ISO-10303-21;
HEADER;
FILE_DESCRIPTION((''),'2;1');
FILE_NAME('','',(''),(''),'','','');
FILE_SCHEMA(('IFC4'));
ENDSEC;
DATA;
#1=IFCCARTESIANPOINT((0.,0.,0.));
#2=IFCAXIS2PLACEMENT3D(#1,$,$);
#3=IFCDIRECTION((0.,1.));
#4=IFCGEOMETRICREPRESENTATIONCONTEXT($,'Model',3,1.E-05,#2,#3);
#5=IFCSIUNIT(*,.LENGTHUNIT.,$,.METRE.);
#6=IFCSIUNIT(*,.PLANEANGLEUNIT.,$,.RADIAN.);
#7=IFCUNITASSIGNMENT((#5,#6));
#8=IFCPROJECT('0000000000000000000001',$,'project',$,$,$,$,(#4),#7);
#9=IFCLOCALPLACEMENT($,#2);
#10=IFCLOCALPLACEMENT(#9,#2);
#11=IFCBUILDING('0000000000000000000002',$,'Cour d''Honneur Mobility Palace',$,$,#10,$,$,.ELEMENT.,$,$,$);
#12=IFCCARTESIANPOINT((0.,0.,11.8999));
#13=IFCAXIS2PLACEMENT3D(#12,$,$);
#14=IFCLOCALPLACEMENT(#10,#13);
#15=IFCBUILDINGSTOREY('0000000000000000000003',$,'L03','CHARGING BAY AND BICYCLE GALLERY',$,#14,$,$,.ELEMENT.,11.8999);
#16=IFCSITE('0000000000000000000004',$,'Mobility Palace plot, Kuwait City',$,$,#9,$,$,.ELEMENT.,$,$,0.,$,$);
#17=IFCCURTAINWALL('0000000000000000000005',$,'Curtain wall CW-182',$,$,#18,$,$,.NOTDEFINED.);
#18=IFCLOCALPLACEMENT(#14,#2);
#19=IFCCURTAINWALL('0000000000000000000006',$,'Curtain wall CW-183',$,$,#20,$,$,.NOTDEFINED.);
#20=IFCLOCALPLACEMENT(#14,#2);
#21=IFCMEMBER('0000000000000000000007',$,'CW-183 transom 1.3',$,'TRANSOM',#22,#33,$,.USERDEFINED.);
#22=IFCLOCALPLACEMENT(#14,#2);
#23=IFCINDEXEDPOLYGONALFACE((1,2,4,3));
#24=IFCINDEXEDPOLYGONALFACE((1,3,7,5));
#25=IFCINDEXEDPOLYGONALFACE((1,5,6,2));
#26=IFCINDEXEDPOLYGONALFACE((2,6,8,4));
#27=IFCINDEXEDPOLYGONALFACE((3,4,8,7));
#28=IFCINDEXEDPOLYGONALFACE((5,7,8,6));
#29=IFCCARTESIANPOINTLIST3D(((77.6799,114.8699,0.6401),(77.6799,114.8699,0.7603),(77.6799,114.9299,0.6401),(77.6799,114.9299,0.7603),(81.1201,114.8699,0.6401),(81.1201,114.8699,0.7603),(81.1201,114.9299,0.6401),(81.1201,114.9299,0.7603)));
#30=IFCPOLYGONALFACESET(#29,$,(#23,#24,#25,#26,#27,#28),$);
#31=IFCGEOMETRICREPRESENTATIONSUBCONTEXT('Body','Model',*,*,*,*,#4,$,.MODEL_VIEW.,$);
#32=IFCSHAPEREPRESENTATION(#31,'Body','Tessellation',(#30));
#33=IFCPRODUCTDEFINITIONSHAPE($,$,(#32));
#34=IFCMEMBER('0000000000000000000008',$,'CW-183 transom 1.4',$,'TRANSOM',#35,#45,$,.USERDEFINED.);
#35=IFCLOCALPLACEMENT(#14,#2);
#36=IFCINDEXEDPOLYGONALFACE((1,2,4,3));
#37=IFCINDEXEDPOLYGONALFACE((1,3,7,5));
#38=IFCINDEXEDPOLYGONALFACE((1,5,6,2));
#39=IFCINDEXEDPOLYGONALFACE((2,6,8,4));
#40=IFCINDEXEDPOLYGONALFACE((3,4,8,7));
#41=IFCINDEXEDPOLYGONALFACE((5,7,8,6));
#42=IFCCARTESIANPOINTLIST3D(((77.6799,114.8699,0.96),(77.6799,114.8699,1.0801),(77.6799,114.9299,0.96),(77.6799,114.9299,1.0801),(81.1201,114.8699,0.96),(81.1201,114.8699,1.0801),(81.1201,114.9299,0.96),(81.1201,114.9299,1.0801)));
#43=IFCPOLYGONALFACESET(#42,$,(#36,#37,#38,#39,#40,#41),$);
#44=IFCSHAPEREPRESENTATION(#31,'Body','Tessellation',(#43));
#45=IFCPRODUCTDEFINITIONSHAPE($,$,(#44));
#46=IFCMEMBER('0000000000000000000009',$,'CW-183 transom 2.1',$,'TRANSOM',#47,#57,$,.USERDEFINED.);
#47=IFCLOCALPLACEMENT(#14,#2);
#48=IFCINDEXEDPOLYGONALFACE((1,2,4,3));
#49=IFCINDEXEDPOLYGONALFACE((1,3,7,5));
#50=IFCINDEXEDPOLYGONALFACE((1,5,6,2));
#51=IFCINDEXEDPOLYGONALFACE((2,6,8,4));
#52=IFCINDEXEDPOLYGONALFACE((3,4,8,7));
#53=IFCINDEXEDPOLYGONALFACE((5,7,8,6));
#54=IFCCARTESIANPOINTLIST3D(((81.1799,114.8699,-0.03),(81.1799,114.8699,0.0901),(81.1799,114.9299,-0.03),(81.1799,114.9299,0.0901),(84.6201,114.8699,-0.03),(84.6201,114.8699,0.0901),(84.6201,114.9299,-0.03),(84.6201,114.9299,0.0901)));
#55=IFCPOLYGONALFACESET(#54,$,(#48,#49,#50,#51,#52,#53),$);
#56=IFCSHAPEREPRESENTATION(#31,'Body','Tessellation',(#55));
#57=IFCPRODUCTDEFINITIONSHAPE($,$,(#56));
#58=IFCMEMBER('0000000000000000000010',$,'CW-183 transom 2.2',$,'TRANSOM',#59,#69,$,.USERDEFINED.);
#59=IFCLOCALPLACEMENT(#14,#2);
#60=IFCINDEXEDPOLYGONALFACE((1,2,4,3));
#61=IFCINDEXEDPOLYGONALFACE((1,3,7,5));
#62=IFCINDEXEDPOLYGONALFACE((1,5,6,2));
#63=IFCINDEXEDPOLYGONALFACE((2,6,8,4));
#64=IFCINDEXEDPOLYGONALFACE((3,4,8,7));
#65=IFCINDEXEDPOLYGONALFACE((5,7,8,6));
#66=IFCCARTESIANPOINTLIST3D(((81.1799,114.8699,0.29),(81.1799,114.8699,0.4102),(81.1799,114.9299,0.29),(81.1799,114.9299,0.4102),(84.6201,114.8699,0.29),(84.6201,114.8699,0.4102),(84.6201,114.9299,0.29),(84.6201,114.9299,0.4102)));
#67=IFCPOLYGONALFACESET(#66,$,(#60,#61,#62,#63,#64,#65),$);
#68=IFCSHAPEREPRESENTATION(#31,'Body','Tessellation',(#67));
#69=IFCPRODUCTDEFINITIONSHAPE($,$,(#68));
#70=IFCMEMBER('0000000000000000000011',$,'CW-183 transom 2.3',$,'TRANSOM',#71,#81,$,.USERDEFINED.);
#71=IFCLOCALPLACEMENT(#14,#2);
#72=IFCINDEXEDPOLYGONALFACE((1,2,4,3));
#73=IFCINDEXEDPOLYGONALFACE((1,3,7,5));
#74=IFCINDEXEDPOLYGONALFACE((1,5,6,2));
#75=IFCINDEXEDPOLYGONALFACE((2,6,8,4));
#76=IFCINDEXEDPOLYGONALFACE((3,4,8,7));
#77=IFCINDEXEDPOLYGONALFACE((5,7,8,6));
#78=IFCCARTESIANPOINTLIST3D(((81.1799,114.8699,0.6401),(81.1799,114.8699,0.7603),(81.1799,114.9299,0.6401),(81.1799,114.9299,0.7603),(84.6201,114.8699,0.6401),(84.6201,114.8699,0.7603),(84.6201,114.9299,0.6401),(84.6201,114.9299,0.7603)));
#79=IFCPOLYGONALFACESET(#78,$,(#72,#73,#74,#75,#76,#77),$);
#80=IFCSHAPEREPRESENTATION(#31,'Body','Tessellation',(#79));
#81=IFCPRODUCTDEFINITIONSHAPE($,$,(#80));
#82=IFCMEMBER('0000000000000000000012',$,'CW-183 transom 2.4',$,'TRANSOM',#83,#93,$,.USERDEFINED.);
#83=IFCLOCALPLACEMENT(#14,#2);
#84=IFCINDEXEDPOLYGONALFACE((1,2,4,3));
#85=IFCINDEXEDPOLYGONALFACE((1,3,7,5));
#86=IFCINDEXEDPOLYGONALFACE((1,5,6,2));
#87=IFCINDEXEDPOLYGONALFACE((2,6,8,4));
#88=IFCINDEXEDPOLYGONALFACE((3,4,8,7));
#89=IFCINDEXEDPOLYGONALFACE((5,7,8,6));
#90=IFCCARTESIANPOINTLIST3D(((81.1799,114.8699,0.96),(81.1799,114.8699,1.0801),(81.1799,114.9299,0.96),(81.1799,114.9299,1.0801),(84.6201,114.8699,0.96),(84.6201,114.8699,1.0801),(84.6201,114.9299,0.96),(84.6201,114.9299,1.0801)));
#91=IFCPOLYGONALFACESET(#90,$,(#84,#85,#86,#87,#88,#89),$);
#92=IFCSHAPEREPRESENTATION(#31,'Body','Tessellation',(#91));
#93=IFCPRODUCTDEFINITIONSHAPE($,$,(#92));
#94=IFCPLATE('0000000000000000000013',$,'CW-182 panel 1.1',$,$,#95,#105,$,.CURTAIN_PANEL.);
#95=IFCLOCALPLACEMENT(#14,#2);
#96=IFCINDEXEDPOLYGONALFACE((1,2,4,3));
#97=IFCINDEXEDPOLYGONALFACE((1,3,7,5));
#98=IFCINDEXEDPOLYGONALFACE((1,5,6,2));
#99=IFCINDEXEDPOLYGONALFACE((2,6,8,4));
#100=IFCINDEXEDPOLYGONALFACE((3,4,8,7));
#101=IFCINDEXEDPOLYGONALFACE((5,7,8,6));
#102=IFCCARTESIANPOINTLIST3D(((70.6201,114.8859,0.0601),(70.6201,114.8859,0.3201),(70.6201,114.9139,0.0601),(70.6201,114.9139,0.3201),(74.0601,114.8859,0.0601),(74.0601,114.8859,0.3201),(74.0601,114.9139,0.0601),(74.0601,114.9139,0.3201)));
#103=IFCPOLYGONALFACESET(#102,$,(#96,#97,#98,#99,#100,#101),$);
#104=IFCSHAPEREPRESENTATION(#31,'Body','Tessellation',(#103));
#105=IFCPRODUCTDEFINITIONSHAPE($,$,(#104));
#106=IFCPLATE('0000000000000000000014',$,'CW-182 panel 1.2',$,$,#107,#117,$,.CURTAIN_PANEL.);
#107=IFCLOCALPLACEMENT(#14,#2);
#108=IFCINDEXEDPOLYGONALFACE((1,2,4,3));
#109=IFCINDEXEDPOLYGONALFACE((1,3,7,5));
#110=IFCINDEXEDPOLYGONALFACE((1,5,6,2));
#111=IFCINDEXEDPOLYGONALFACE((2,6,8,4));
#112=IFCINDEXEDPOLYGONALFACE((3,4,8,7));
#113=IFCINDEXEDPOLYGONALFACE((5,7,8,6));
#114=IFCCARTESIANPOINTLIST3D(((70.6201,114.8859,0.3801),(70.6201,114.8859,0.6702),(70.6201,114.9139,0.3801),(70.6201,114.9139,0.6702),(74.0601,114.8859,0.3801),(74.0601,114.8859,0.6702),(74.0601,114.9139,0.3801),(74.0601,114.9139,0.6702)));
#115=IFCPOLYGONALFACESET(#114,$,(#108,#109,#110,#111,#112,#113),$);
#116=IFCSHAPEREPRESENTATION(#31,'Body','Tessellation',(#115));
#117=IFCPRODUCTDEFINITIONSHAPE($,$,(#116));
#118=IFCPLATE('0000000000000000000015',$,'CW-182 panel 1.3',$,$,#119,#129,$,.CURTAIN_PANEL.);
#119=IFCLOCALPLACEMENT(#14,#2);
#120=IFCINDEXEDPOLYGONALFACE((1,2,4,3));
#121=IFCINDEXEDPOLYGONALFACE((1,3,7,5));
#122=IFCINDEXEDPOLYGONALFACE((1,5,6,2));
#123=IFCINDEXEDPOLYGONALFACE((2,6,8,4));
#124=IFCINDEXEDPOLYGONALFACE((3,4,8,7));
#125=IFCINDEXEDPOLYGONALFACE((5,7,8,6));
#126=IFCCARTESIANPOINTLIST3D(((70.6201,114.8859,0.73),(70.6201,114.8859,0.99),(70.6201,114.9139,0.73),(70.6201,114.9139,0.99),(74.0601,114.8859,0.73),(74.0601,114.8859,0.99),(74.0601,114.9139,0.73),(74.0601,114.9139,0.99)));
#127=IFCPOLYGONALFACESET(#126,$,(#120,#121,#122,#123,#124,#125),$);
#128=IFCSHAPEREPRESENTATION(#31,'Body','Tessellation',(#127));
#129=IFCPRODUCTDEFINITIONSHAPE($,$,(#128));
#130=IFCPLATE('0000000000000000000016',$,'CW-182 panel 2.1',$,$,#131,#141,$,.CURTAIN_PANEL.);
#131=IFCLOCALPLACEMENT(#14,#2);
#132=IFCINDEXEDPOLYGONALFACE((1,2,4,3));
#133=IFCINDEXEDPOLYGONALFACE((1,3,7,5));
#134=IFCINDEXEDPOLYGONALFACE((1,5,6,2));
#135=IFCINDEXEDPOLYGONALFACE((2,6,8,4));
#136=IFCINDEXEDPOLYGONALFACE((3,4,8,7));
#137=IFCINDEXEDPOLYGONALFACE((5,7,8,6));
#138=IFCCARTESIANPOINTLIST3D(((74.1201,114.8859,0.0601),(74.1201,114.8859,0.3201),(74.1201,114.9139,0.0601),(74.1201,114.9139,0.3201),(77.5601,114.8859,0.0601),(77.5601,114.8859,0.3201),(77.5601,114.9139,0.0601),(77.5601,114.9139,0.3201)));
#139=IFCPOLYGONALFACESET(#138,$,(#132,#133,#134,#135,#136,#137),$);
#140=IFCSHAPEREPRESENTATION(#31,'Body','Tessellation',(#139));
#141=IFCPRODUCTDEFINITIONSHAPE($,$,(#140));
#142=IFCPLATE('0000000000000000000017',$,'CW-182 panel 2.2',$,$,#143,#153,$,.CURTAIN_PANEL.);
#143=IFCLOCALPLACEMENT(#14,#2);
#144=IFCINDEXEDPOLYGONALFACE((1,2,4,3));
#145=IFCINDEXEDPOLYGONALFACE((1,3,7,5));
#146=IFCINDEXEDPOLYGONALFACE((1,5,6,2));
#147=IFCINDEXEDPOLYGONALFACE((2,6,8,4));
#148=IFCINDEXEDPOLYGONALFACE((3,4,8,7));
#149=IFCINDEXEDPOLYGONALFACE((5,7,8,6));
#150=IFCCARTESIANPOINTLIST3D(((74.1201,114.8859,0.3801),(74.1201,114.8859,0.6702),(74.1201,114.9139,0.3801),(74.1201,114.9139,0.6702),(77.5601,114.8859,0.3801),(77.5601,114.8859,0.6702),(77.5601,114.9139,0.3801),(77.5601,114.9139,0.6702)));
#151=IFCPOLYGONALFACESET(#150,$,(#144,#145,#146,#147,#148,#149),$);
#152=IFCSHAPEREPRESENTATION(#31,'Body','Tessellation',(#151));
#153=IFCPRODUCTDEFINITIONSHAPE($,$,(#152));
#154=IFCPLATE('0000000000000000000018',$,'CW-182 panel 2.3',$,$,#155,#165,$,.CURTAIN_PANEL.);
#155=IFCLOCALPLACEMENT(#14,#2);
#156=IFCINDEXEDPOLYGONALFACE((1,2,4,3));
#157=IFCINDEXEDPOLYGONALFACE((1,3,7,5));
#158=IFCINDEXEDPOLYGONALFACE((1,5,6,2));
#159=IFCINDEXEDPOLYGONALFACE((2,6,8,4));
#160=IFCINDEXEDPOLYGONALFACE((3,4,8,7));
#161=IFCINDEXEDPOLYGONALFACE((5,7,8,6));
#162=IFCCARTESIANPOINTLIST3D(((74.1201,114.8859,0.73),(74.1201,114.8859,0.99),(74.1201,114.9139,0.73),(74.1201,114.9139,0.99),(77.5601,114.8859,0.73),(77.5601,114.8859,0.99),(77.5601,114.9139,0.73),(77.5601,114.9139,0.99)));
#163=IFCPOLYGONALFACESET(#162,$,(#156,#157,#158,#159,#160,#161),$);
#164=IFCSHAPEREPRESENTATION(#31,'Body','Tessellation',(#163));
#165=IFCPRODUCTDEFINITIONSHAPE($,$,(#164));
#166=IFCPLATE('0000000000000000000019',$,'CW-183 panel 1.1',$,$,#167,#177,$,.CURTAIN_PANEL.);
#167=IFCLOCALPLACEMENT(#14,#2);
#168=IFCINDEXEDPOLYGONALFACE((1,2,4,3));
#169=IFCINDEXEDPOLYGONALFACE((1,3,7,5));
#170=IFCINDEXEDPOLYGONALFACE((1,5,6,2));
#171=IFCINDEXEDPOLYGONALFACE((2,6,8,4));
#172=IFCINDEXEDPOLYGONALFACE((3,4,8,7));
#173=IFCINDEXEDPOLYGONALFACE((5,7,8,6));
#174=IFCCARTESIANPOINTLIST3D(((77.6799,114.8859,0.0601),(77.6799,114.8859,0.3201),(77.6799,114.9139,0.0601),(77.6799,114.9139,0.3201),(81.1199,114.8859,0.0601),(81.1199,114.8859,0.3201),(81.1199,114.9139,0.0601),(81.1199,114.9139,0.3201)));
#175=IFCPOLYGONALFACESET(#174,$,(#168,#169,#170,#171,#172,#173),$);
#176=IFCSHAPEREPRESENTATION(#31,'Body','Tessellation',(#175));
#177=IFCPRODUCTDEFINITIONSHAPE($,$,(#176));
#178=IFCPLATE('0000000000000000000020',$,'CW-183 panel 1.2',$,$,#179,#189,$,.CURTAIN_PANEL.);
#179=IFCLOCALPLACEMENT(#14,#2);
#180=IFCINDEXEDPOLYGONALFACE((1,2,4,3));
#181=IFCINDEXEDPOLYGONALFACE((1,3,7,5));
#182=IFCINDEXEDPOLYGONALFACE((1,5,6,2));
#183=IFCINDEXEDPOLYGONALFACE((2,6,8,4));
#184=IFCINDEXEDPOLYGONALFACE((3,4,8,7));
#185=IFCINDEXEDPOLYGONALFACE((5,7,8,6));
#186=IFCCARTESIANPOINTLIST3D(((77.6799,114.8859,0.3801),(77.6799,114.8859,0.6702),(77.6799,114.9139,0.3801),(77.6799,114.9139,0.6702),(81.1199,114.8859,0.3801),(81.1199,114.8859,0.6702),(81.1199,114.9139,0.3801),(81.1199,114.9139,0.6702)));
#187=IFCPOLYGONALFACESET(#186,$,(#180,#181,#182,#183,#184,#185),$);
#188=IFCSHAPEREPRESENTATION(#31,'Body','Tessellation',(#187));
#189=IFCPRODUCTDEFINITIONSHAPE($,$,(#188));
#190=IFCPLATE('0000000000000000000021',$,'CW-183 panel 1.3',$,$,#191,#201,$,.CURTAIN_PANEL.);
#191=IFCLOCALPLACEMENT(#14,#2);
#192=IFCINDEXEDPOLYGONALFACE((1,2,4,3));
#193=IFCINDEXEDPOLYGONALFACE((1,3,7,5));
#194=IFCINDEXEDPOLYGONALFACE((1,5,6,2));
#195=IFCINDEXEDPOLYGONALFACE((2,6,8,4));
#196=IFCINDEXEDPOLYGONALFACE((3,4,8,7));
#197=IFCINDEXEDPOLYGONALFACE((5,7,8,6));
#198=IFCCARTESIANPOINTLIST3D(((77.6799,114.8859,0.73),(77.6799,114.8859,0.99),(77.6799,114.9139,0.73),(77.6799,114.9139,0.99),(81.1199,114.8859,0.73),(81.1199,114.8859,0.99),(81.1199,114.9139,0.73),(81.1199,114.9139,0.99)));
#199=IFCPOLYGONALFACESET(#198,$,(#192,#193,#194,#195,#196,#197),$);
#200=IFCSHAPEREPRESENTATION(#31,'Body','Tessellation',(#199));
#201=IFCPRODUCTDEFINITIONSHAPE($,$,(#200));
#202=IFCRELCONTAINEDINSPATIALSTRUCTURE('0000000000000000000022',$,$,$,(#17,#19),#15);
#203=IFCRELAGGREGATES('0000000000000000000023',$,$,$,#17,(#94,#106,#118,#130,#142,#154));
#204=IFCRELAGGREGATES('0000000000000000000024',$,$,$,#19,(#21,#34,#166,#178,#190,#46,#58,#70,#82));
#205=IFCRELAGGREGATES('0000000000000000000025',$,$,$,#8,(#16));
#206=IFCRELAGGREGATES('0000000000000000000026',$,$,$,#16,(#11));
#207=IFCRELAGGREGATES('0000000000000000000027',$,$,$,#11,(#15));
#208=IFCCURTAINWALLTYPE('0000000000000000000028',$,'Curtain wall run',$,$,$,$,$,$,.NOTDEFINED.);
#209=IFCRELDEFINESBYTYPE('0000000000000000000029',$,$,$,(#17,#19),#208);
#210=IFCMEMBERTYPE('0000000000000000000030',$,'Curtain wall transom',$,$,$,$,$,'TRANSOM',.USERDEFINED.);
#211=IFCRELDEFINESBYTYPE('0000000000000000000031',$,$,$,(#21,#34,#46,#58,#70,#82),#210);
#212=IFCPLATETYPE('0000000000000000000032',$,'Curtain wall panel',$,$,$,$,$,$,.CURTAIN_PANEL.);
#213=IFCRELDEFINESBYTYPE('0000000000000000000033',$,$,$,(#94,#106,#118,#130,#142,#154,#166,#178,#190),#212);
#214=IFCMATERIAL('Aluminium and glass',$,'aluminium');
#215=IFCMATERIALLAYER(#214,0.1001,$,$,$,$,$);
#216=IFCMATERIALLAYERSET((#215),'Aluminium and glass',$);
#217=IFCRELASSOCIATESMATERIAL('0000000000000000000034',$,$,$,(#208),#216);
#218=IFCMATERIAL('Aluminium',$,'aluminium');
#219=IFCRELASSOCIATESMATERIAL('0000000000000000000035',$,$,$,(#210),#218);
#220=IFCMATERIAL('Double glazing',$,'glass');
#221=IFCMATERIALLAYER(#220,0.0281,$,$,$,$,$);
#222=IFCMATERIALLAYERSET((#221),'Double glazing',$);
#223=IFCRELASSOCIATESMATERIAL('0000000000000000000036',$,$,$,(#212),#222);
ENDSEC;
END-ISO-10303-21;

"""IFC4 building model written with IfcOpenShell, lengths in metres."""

from ifc_helpers import new_model, si_unit, direction, frame, origin, origin_2d, place, context, subcontext, project, spatial, rectangle, extrude, material, layer, layer_set, material_profile, profile_set, type_object, element, aggregate, save


model = new_model("IFC4")

# Units and contexts
model_context = context("Model", 3, precision=1e-05, world=origin(), true_north=direction((0.0, 1.0)))
body_context = subcontext(model_context, "Body", "Model", "MODEL_VIEW")
ifc_project = project(units=[si_unit("LENGTHUNIT", "METRE"), si_unit("PLANEANGLEUNIT", "RADIAN")], contexts=[model_context])

# Site, building, storey
site_placement = place(None, origin())
site = spatial("IfcSite", under=ifc_project, at=site_placement, Name="Mobility Palace plot, Kuwait City", CompositionType="ELEMENT", RefElevation=0.0)
building_placement = place(site_placement, origin())
building = spatial("IfcBuilding", under=site, at=building_placement, Name="Cour d'Honneur Mobility Palace", CompositionType="ELEMENT")
storey_placement = place(building_placement, frame((0.0, 0.0, 11.8999)))
storey = spatial("IfcBuildingStorey", under=building, at=storey_placement, Name="L03", Description="CHARGING BAY AND BICYCLE GALLERY", CompositionType="ELEMENT", Elevation=11.8999)

# Curtain walls
ifc_material_1 = material(Name="Aluminium and glass", Category="aluminium")
ifc_layer_1 = layer(ifc_material_1, 0.1001)
ifc_layer_set_1 = layer_set([ifc_layer_1], Name="Aluminium and glass")
curtain_wall_type = type_object("IfcCurtainWallType", Name="Curtain wall run", PredefinedType="NOTDEFINED", material=ifc_layer_set_1)
curtain_wall_1_placement = place(storey_placement, origin())
curtain_wall_1 = element("IfcCurtainWall", 1, at=curtain_wall_1_placement, inside=storey, type_object=curtain_wall_type, Name="Curtain wall CW-182", PredefinedType="NOTDEFINED")
curtain_wall_2_placement = place(storey_placement, origin())
curtain_wall_2 = element("IfcCurtainWall", 2, at=curtain_wall_2_placement, inside=storey, type_object=curtain_wall_type, Name="Curtain wall CW-183", PredefinedType="NOTDEFINED")

# Members
ifc_material_2 = material(Name="Aluminium", Category="aluminium")
ifc_material_profile_1 = material_profile(ifc_material_2, rectangle(XDim=0.0601, YDim=0.1201, at=origin_2d()), Name="Curtain wall transom")
ifc_profile_set_1 = profile_set([ifc_material_profile_1], Name="Aluminium")
member_type_1 = type_object("IfcMemberType", Name="Curtain wall transom", ElementType="TRANSOM", PredefinedType="USERDEFINED", material=ifc_profile_set_1)
member_1_placement = place(storey_placement, frame((77.6799, 114.8999, 0.7002), z_axis=(1.0, 0.0, 0.0), x_axis=(0.0, 1.0, 0.0)))
member_1 = element("IfcMember", 3, at=member_1_placement, type_object=member_type_1, Name="CW-183 transom 1.3", ObjectType="TRANSOM", PredefinedType="USERDEFINED", context=body_context, shape_type="SweptSolid", body=[
    extrude(rectangle(XDim=0.0601, YDim=0.1201, at=origin_2d()), origin(), (0.0, 0.0, 1.0), 3.4402),
])
member_2_placement = place(storey_placement, frame((77.6799, 114.8999, 1.02), z_axis=(1.0, 0.0, 0.0), x_axis=(0.0, 1.0, 0.0)))
member_2 = element("IfcMember", 4, at=member_2_placement, type_object=member_type_1, Name="CW-183 transom 1.4", ObjectType="TRANSOM", PredefinedType="USERDEFINED", context=body_context, shape_type="SweptSolid", body=[
    extrude(rectangle(XDim=0.0601, YDim=0.1201, at=origin_2d()), origin(), (0.0, 0.0, 1.0), 3.4402),
])
member_3_placement = place(storey_placement, frame((81.1799, 114.8999, 0.03), z_axis=(1.0, 0.0, 0.0), x_axis=(0.0, 1.0, 0.0)))
member_3 = element("IfcMember", 5, at=member_3_placement, type_object=member_type_1, Name="CW-183 transom 2.1", ObjectType="TRANSOM", PredefinedType="USERDEFINED", context=body_context, shape_type="SweptSolid", body=[
    extrude(rectangle(XDim=0.0601, YDim=0.1201, at=origin_2d()), origin(), (0.0, 0.0, 1.0), 3.4402),
])
member_4_placement = place(storey_placement, frame((81.1799, 114.8999, 0.3501), z_axis=(1.0, 0.0, 0.0), x_axis=(0.0, 1.0, 0.0)))
member_4 = element("IfcMember", 6, at=member_4_placement, type_object=member_type_1, Name="CW-183 transom 2.2", ObjectType="TRANSOM", PredefinedType="USERDEFINED", context=body_context, shape_type="SweptSolid", body=[
    extrude(rectangle(XDim=0.0601, YDim=0.1201, at=origin_2d()), origin(), (0.0, 0.0, 1.0), 3.4402),
])
member_5_placement = place(storey_placement, frame((81.1799, 114.8999, 0.7002), z_axis=(1.0, 0.0, 0.0), x_axis=(0.0, 1.0, 0.0)))
member_5 = element("IfcMember", 7, at=member_5_placement, type_object=member_type_1, Name="CW-183 transom 2.3", ObjectType="TRANSOM", PredefinedType="USERDEFINED", context=body_context, shape_type="SweptSolid", body=[
    extrude(rectangle(XDim=0.0601, YDim=0.1201, at=origin_2d()), origin(), (0.0, 0.0, 1.0), 3.4402),
])
member_6_placement = place(storey_placement, frame((81.1799, 114.8999, 1.02), z_axis=(1.0, 0.0, 0.0), x_axis=(0.0, 1.0, 0.0)))
member_6 = element("IfcMember", 8, at=member_6_placement, type_object=member_type_1, Name="CW-183 transom 2.4", ObjectType="TRANSOM", PredefinedType="USERDEFINED", context=body_context, shape_type="SweptSolid", body=[
    extrude(rectangle(XDim=0.0601, YDim=0.1201, at=origin_2d()), origin(), (0.0, 0.0, 1.0), 3.4402),
])

# Plates
ifc_material_3 = material(Name="Double glazing", Category="glass")
ifc_layer_2 = layer(ifc_material_3, 0.0281)
ifc_layer_set_2 = layer_set([ifc_layer_2], Name="Double glazing")
plate_type = type_object("IfcPlateType", Name="Curtain wall panel", PredefinedType="CURTAIN_PANEL", material=ifc_layer_set_2)
plate_1_placement = place(storey_placement, frame((72.3401, 114.8999, 0.0601), z_axis=(0.0, 0.0, 1.0), x_axis=(1.0, 0.0, 0.0)))
plate_1 = element("IfcPlate", 9, at=plate_1_placement, type_object=plate_type, Name="CW-182 panel 1.1", PredefinedType="CURTAIN_PANEL", context=body_context, shape_type="SweptSolid", body=[
    extrude(rectangle(XDim=3.4399, YDim=0.0281, at=origin_2d()), origin(), (0.0, 0.0, 1.0), 0.26),
])
plate_2_placement = place(storey_placement, frame((72.3401, 114.8999, 0.3801), z_axis=(0.0, 0.0, 1.0), x_axis=(1.0, 0.0, 0.0)))
plate_2 = element("IfcPlate", 10, at=plate_2_placement, type_object=plate_type, Name="CW-182 panel 1.2", PredefinedType="CURTAIN_PANEL", context=body_context, shape_type="SweptSolid", body=[
    extrude(rectangle(XDim=3.4399, YDim=0.0281, at=origin_2d()), origin(), (0.0, 0.0, 1.0), 0.29),
])
plate_3_placement = place(storey_placement, frame((72.3401, 114.8999, 0.73), z_axis=(0.0, 0.0, 1.0), x_axis=(1.0, 0.0, 0.0)))
plate_3 = element("IfcPlate", 11, at=plate_3_placement, type_object=plate_type, Name="CW-182 panel 1.3", PredefinedType="CURTAIN_PANEL", context=body_context, shape_type="SweptSolid", body=[
    extrude(rectangle(XDim=3.4399, YDim=0.0281, at=origin_2d()), origin(), (0.0, 0.0, 1.0), 0.26),
])
plate_4_placement = place(storey_placement, frame((75.8401, 114.8999, 0.0601), z_axis=(0.0, 0.0, 1.0), x_axis=(1.0, 0.0, 0.0)))
plate_4 = element("IfcPlate", 12, at=plate_4_placement, type_object=plate_type, Name="CW-182 panel 2.1", PredefinedType="CURTAIN_PANEL", context=body_context, shape_type="SweptSolid", body=[
    extrude(rectangle(XDim=3.4399, YDim=0.0281, at=origin_2d()), origin(), (0.0, 0.0, 1.0), 0.26),
])
plate_5_placement = place(storey_placement, frame((75.8401, 114.8999, 0.3801), z_axis=(0.0, 0.0, 1.0), x_axis=(1.0, 0.0, 0.0)))
plate_5 = element("IfcPlate", 13, at=plate_5_placement, type_object=plate_type, Name="CW-182 panel 2.2", PredefinedType="CURTAIN_PANEL", context=body_context, shape_type="SweptSolid", body=[
    extrude(rectangle(XDim=3.4399, YDim=0.0281, at=origin_2d()), origin(), (0.0, 0.0, 1.0), 0.29),
])
plate_6_placement = place(storey_placement, frame((75.8401, 114.8999, 0.73), z_axis=(0.0, 0.0, 1.0), x_axis=(1.0, 0.0, 0.0)))
plate_6 = element("IfcPlate", 14, at=plate_6_placement, type_object=plate_type, Name="CW-182 panel 2.3", PredefinedType="CURTAIN_PANEL", context=body_context, shape_type="SweptSolid", body=[
    extrude(rectangle(XDim=3.4399, YDim=0.0281, at=origin_2d()), origin(), (0.0, 0.0, 1.0), 0.26),
])
aggregate(curtain_wall_1, [plate_1, plate_2, plate_3, plate_4, plate_5, plate_6])
plate_7_placement = place(storey_placement, frame((79.3999, 114.8999, 0.0601), z_axis=(0.0, 0.0, 1.0), x_axis=(1.0, 0.0, 0.0)))
plate_7 = element("IfcPlate", 15, at=plate_7_placement, type_object=plate_type, Name="CW-183 panel 1.1", PredefinedType="CURTAIN_PANEL", context=body_context, shape_type="SweptSolid", body=[
    extrude(rectangle(XDim=3.4399, YDim=0.0281, at=origin_2d()), origin(), (0.0, 0.0, 1.0), 0.26),
])
plate_8_placement = place(storey_placement, frame((79.3999, 114.8999, 0.3801), z_axis=(0.0, 0.0, 1.0), x_axis=(1.0, 0.0, 0.0)))
plate_8 = element("IfcPlate", 16, at=plate_8_placement, type_object=plate_type, Name="CW-183 panel 1.2", PredefinedType="CURTAIN_PANEL", context=body_context, shape_type="SweptSolid", body=[
    extrude(rectangle(XDim=3.4399, YDim=0.0281, at=origin_2d()), origin(), (0.0, 0.0, 1.0), 0.29),
])
plate_9_placement = place(storey_placement, frame((79.3999, 114.8999, 0.73), z_axis=(0.0, 0.0, 1.0), x_axis=(1.0, 0.0, 0.0)))
plate_9 = element("IfcPlate", 17, at=plate_9_placement, type_object=plate_type, Name="CW-183 panel 1.3", PredefinedType="CURTAIN_PANEL", context=body_context, shape_type="SweptSolid", body=[
    extrude(rectangle(XDim=3.4399, YDim=0.0281, at=origin_2d()), origin(), (0.0, 0.0, 1.0), 0.26),
])
aggregate(curtain_wall_2, [member_1, member_2, plate_7, plate_8, plate_9, member_3, member_4, member_5, member_6])

save(model, "model.ifc")
